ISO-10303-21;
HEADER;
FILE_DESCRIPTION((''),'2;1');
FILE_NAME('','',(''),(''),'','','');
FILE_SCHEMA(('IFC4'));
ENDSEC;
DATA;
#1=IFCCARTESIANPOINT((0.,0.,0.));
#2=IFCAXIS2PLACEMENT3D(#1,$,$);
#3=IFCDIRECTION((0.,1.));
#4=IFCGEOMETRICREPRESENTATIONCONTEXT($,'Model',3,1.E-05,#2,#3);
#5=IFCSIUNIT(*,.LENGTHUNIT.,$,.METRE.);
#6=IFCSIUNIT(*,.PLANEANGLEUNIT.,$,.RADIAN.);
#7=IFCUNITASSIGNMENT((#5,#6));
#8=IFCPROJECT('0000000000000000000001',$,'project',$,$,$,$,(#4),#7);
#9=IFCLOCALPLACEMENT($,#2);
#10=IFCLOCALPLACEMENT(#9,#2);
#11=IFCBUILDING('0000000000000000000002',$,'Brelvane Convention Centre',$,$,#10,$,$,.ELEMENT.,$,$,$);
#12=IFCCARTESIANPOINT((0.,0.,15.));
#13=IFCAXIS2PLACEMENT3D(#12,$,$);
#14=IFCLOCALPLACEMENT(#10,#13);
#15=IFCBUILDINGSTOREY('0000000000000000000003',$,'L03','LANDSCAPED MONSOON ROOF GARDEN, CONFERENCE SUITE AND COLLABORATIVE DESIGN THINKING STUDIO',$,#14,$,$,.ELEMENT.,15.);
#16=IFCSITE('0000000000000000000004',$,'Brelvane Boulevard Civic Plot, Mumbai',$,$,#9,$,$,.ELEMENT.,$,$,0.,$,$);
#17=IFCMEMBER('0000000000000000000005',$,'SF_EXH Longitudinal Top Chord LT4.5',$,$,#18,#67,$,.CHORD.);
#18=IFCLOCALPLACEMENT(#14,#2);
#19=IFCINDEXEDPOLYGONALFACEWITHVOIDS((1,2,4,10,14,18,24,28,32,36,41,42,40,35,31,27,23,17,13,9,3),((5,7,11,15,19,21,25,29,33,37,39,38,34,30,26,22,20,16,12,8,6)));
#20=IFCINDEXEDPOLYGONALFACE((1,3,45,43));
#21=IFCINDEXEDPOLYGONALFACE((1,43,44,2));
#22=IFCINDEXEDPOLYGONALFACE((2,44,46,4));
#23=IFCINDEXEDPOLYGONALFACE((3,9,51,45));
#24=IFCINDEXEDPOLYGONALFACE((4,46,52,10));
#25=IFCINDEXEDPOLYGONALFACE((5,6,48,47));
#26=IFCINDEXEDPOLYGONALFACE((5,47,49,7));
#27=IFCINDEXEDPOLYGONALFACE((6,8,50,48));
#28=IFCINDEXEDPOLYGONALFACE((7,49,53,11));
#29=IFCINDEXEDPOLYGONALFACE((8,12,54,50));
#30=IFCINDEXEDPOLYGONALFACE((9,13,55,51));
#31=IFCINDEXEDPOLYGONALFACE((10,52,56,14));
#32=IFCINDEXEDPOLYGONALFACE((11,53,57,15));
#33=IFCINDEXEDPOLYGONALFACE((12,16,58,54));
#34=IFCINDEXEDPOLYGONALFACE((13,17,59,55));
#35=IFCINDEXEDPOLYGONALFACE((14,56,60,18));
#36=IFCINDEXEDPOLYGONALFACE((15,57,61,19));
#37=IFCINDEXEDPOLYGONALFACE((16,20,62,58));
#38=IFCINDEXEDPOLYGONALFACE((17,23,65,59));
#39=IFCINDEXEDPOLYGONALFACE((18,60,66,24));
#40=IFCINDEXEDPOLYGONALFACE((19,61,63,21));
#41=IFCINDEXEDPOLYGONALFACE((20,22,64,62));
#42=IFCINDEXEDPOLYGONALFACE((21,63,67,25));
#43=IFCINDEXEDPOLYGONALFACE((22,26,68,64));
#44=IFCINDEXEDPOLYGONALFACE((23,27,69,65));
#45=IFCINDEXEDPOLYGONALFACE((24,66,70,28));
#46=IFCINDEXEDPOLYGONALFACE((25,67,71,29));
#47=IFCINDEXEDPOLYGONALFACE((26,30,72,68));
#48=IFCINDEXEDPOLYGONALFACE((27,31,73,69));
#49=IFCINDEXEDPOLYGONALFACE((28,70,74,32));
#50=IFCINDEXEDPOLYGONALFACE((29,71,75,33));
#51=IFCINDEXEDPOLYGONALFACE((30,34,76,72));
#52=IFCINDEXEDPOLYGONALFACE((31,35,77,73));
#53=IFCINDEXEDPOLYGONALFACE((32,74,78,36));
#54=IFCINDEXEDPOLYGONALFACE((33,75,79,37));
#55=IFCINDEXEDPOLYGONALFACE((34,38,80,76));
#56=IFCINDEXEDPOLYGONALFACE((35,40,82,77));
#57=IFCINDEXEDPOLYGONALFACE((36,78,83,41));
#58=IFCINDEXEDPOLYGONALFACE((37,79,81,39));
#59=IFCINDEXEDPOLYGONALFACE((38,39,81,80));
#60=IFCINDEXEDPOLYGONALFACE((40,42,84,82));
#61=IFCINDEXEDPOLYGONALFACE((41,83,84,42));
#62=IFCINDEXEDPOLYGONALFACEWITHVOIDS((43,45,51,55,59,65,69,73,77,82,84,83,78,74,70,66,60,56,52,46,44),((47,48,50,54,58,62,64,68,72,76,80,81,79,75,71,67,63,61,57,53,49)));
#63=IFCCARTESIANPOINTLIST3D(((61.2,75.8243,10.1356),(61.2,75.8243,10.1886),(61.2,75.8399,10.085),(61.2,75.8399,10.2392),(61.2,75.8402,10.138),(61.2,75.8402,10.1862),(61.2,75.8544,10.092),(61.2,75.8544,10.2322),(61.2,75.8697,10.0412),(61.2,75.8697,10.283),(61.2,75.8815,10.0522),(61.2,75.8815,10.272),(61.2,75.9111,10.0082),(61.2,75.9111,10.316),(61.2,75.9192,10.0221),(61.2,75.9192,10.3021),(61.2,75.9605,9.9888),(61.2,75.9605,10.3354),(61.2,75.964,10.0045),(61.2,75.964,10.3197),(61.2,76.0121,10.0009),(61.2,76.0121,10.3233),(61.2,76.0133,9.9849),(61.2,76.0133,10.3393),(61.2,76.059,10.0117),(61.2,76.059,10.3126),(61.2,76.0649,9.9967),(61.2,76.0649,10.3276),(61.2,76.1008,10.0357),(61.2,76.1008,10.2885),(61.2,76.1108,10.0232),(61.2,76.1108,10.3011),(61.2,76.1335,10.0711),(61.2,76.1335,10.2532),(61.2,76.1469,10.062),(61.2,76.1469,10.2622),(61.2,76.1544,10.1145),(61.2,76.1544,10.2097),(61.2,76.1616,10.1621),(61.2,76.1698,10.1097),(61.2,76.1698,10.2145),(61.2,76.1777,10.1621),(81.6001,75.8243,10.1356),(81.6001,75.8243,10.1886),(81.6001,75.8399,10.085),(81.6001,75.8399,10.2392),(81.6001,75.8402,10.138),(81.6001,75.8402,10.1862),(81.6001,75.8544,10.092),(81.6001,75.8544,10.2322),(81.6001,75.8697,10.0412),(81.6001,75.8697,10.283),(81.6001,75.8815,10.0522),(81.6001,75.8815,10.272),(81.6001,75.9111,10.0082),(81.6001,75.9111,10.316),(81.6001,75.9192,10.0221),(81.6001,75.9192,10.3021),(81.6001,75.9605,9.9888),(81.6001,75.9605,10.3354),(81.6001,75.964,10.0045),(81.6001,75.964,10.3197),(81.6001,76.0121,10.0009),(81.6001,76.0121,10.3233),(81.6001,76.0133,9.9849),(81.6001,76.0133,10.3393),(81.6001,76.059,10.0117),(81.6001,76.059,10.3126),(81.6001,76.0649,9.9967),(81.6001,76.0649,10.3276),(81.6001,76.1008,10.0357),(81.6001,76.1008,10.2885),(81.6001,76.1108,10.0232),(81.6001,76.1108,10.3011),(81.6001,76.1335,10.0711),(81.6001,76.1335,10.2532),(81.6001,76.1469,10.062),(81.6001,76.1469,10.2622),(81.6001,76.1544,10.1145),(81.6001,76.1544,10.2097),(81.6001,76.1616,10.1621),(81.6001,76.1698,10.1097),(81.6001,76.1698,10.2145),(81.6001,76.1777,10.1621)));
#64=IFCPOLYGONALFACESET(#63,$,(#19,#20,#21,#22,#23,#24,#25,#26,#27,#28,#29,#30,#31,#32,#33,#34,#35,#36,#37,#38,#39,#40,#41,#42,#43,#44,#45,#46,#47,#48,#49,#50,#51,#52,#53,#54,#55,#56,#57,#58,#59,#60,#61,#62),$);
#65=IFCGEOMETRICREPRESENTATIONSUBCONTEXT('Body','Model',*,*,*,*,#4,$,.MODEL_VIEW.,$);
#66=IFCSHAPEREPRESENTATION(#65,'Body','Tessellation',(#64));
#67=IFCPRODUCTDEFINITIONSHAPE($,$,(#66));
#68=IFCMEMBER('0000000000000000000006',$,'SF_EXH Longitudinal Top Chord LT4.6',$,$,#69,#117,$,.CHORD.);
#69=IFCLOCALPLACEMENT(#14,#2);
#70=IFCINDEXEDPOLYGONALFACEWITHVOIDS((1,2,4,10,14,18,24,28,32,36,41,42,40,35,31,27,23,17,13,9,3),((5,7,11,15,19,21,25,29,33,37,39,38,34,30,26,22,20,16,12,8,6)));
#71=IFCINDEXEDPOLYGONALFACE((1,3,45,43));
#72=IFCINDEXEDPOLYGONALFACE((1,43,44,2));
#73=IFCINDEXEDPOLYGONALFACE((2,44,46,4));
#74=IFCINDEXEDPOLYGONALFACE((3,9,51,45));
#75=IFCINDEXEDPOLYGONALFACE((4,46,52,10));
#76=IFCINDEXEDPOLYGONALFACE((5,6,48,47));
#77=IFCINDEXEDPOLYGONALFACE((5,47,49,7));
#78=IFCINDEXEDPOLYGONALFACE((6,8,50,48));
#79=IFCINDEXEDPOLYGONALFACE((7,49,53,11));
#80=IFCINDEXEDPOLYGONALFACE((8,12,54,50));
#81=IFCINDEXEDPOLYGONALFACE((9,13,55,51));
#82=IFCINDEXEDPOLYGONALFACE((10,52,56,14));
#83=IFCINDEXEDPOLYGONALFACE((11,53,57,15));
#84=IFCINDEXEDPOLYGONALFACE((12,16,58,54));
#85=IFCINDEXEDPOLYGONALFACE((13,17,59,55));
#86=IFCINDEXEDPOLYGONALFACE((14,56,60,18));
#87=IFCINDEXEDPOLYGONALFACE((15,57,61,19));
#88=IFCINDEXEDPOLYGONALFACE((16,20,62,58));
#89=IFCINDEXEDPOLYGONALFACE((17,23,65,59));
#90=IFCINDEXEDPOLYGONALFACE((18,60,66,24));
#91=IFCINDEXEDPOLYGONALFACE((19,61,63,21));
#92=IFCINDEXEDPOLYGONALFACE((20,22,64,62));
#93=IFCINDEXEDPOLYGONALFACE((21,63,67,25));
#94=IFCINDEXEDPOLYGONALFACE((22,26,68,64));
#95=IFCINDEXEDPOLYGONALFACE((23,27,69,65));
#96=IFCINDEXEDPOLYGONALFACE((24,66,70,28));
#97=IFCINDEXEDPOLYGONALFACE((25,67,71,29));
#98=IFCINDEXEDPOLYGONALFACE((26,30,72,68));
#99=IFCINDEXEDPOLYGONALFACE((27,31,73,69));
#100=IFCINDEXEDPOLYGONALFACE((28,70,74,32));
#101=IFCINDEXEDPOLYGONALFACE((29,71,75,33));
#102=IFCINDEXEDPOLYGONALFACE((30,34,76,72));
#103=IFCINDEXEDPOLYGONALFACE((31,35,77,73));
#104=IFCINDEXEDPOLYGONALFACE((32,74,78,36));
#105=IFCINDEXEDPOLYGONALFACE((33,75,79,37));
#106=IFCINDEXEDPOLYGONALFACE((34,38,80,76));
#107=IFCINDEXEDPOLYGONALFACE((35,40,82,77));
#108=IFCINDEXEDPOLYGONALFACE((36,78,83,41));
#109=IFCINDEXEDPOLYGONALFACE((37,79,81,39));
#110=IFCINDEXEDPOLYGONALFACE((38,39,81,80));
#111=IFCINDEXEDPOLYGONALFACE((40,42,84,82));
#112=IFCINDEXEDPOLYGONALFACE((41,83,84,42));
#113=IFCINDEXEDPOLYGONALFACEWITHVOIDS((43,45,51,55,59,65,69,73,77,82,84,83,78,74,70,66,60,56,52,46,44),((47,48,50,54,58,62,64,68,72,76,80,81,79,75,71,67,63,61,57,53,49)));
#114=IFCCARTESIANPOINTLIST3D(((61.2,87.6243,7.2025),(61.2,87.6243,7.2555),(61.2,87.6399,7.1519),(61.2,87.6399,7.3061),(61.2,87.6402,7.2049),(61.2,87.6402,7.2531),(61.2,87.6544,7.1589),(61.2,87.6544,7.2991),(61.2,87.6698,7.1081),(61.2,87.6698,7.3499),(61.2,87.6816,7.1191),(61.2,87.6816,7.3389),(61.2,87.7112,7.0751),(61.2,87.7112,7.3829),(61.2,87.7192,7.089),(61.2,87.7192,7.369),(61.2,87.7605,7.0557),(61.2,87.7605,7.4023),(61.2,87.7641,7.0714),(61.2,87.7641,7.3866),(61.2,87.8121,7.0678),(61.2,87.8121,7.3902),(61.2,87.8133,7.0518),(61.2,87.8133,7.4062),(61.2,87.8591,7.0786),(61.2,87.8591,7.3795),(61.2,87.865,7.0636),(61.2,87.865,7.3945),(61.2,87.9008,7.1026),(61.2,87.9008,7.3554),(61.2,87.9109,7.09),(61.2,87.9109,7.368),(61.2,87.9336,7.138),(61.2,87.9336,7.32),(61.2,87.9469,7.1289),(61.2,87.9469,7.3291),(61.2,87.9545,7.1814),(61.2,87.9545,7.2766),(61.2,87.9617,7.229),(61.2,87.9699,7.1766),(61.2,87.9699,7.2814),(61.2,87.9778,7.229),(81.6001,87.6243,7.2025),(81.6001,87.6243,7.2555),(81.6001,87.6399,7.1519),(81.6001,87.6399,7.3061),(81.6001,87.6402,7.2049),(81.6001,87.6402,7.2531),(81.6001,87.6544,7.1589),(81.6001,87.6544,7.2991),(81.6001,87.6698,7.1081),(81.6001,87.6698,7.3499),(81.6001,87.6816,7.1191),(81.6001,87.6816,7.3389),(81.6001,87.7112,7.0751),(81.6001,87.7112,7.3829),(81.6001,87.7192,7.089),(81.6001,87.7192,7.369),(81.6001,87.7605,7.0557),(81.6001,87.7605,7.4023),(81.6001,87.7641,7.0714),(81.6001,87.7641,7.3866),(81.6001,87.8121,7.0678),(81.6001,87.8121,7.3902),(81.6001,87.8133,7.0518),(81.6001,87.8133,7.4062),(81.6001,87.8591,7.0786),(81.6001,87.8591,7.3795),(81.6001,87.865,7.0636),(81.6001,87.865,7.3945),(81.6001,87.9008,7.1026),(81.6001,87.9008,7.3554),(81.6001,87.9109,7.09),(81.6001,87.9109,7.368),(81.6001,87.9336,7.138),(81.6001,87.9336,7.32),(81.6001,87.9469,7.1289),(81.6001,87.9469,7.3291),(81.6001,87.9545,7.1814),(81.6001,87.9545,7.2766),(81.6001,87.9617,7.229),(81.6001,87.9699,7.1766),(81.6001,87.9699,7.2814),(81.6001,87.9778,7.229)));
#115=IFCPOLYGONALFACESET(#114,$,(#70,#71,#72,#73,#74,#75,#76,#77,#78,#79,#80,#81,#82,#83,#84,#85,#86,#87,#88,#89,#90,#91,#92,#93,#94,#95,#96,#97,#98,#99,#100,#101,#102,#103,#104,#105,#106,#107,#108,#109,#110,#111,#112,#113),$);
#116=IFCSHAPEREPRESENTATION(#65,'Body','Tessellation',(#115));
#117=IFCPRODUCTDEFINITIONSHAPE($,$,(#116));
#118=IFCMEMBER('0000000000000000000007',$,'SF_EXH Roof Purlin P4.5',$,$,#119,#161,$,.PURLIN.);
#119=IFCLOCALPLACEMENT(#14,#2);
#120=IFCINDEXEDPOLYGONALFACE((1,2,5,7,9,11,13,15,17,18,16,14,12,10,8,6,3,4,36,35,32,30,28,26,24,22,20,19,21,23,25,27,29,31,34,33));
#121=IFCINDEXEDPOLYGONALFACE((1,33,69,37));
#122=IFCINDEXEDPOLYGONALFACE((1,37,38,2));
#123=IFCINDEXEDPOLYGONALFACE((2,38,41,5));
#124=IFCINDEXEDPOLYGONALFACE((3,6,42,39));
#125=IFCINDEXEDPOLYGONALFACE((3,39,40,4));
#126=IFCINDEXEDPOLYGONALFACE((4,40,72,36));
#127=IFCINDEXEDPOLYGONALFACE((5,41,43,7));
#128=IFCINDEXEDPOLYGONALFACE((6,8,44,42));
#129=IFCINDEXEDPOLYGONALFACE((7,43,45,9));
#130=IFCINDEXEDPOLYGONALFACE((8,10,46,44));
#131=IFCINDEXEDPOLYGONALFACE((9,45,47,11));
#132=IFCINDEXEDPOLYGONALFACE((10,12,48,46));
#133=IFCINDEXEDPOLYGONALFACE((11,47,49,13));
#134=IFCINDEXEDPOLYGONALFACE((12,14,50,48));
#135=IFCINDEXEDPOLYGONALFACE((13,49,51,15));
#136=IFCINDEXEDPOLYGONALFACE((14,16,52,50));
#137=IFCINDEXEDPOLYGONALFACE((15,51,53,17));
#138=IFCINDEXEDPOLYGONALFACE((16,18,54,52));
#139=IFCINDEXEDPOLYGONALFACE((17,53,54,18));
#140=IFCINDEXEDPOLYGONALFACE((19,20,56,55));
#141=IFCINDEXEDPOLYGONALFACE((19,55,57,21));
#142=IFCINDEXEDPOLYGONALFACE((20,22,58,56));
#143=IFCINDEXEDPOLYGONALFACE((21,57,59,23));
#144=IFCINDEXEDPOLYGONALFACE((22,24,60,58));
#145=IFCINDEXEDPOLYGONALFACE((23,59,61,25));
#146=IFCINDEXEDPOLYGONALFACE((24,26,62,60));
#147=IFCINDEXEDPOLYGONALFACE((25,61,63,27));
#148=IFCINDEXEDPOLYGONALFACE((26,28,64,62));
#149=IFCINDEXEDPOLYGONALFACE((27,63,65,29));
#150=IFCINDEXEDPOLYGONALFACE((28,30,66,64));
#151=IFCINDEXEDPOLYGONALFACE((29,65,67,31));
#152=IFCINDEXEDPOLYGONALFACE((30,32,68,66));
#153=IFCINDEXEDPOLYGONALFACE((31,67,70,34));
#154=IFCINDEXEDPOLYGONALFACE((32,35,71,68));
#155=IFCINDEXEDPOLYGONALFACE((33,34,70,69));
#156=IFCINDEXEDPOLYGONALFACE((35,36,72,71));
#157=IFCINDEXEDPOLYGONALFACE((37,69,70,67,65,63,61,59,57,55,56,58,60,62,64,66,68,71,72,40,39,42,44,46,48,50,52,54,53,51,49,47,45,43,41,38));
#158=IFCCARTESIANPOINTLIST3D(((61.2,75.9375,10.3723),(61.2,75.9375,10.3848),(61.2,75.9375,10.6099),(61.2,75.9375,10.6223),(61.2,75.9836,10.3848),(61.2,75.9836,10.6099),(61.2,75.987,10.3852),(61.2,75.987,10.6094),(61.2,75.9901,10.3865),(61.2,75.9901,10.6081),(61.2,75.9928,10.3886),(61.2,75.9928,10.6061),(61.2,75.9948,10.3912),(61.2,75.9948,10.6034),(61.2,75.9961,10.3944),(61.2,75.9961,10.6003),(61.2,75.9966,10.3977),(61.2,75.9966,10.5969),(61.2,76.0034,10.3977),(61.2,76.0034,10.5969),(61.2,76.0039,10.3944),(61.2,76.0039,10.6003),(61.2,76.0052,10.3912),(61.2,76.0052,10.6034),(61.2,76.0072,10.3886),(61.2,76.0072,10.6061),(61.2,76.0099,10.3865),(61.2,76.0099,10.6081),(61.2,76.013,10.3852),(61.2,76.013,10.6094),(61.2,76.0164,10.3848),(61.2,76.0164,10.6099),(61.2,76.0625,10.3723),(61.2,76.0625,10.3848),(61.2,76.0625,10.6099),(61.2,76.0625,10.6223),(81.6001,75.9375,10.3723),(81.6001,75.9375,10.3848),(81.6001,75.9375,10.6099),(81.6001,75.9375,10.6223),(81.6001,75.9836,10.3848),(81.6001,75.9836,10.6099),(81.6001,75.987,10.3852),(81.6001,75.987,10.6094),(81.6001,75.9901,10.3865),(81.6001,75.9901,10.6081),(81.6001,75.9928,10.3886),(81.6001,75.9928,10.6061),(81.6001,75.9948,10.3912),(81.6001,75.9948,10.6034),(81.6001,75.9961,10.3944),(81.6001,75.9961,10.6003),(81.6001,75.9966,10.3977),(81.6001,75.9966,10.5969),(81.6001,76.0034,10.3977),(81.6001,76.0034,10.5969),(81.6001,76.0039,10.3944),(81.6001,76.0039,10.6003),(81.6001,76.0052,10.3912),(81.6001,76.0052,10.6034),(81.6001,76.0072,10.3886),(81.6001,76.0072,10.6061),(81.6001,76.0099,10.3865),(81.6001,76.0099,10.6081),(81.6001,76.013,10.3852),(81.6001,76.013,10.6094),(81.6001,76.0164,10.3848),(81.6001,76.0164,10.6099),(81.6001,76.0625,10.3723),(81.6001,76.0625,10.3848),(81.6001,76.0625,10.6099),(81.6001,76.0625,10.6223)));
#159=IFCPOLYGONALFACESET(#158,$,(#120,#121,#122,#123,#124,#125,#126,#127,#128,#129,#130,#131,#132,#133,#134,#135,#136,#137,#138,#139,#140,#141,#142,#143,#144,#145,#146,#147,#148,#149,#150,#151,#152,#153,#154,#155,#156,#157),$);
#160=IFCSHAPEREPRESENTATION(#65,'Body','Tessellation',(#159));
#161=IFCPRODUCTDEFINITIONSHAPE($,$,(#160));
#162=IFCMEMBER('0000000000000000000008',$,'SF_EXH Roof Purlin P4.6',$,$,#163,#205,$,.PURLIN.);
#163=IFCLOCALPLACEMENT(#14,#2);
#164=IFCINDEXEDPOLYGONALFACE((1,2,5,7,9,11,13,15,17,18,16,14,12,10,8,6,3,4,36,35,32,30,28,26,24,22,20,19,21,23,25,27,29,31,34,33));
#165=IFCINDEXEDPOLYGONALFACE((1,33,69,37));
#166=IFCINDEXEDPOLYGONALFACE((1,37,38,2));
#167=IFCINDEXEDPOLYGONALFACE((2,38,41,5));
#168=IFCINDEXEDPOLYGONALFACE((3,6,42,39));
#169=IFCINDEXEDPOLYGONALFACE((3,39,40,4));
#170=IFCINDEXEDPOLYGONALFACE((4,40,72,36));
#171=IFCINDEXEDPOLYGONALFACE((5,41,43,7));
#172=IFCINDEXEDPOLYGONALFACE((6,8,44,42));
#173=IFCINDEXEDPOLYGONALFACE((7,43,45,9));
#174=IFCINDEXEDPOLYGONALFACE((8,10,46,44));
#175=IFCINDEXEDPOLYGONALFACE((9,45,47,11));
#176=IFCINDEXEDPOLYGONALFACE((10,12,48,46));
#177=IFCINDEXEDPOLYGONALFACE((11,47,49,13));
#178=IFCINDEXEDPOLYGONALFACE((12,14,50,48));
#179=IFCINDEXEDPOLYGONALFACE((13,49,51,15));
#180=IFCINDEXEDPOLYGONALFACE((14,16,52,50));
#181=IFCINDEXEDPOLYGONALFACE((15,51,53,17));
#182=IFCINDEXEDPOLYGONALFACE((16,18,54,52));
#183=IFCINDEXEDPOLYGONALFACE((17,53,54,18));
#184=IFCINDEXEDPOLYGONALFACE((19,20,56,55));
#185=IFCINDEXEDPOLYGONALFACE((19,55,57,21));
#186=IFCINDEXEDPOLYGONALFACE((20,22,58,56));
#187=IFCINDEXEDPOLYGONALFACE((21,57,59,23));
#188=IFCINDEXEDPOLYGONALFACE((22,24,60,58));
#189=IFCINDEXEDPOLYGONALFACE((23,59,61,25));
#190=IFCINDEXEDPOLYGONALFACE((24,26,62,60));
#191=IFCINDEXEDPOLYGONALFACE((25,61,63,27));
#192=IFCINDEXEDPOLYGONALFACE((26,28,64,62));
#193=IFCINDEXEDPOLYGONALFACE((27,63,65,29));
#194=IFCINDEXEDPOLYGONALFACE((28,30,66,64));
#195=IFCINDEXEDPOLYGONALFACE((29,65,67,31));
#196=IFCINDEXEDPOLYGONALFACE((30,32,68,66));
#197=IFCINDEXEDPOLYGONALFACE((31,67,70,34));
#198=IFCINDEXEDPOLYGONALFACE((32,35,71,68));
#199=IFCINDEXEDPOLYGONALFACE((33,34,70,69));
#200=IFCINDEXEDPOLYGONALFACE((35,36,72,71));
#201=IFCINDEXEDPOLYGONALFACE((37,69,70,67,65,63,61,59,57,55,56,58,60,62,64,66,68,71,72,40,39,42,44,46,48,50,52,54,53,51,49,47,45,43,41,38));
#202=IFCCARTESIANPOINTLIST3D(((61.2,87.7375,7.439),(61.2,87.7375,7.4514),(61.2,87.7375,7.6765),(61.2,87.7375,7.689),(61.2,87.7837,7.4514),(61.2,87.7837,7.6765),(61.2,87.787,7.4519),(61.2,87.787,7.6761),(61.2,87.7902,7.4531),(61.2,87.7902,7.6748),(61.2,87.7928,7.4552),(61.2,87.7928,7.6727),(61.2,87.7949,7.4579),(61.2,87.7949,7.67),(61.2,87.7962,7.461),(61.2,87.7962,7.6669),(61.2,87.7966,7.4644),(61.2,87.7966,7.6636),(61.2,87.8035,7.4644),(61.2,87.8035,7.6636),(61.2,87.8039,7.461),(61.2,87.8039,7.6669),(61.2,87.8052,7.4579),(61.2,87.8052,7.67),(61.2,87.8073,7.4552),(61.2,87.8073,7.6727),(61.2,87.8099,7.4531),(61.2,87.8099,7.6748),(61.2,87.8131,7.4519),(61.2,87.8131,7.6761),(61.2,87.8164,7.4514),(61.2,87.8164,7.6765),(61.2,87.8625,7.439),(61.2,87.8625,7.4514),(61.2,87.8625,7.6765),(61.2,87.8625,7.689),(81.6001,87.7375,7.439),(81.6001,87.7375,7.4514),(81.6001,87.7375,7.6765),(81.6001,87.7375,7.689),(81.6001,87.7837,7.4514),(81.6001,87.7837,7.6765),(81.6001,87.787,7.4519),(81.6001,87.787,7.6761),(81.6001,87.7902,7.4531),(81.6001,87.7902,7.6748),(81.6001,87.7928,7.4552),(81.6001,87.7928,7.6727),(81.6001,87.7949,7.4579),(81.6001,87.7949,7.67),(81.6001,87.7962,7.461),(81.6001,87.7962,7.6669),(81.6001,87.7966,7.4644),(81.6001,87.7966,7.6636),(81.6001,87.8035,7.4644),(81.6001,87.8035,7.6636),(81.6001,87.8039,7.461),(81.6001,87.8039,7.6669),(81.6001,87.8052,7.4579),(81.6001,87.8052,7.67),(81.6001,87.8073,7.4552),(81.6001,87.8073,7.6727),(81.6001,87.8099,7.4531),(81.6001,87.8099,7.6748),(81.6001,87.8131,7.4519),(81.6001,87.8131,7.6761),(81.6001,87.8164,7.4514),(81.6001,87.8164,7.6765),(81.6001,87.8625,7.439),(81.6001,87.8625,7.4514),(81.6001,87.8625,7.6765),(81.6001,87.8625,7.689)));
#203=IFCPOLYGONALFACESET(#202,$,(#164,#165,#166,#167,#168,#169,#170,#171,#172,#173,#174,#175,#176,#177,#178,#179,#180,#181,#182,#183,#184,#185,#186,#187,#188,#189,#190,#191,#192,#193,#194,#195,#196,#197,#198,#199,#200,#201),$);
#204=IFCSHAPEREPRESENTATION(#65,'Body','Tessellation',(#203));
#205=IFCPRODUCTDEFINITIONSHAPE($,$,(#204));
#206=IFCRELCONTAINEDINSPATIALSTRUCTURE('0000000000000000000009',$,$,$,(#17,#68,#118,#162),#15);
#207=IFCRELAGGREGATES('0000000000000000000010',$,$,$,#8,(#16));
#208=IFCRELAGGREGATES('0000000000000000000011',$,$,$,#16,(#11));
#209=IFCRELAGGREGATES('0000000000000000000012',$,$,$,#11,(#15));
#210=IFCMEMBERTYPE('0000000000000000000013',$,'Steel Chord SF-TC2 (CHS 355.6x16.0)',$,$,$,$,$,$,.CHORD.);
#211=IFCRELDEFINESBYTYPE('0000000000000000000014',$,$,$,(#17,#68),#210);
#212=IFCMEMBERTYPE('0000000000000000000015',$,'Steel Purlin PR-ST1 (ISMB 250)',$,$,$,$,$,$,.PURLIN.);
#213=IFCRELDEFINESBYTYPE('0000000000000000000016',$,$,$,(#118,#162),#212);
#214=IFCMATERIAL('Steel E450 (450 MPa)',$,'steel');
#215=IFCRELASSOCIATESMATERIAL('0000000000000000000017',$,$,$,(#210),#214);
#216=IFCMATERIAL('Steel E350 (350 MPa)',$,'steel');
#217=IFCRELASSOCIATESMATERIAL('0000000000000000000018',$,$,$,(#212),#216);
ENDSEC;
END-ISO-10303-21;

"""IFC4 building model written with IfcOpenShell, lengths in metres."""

from ifc_helpers import new_model, si_unit, direction, frame, origin, origin_2d, place, context, subcontext, project, spatial, hollow_circle, i_section, extrude, material, material_profile, profile_set, type_object, element, save


model = new_model("IFC4")

# Units and contexts
model_context = context("Model", 3, precision=1e-05, world=origin(), true_north=direction((0.0, 1.0)))
body_context = subcontext(model_context, "Body", "Model", "MODEL_VIEW")
ifc_project = project(units=[si_unit("LENGTHUNIT", "METRE"), si_unit("PLANEANGLEUNIT", "RADIAN")], contexts=[model_context])

# Site, building, storey
site_placement = place(None, origin())
site = spatial("IfcSite", under=ifc_project, at=site_placement, Name="Brelvane Boulevard Civic Plot, Mumbai", CompositionType="ELEMENT", RefElevation=0.0)
building_placement = place(site_placement, origin())
building = spatial("IfcBuilding", under=site, at=building_placement, Name="Brelvane Convention Centre", CompositionType="ELEMENT")
storey_placement = place(building_placement, frame((0.0, 0.0, 15.0)))
storey = spatial("IfcBuildingStorey", under=building, at=storey_placement, Name="L03", Description="LANDSCAPED MONSOON ROOF GARDEN, CONFERENCE SUITE AND COLLABORATIVE DESIGN THINKING STUDIO", CompositionType="ELEMENT", Elevation=15.0)

# Members
ifc_material_1 = material(Name="Steel E450 (450 MPa)", Category="steel")
ifc_material_profile_1 = material_profile(ifc_material_1, hollow_circle(Radius=0.1777, WallThickness=0.0161, at=origin_2d()), Name="CHS 355.6x16.0")
ifc_profile_set_1 = profile_set([ifc_material_profile_1], Name="Steel E450 (450 MPa)")
member_type_1 = type_object("IfcMemberType", Name="Steel Chord SF-TC2 (CHS 355.6x16.0)", PredefinedType="CHORD", material=ifc_profile_set_1)
for number, where, z_axis, x_axis, name in (
    (1, (61.2, 76.0, 10.1621), (1.0, 0.0, 0.0), (0.0, 1.0, 0.0), "SF_EXH Longitudinal Top Chord LT4.5"),
    (2, (61.2, 87.8, 7.229), (1.0, 0.0, 0.0), (0.0, 1.0, 0.0), "SF_EXH Longitudinal Top Chord LT4.6"),
):
    element("IfcMember", number, at=place(storey_placement, frame(where, z_axis=z_axis, x_axis=x_axis)), inside=storey, type_object=member_type_1, Name=name, PredefinedType="CHORD", context=body_context, shape_type="SweptSolid", body=[
        extrude(hollow_circle(Radius=0.1777, WallThickness=0.0161, at=origin_2d()), origin(), (0.0, 0.0, 1.0), 20.4001),
    ])
ifc_material_2 = material(Name="Steel E350 (350 MPa)", Category="steel")
ifc_material_profile_2 = material_profile(ifc_material_2, i_section(OverallWidth=0.125, OverallDepth=0.25, WebThickness=0.0068, FlangeThickness=0.0125, FilletRadius=0.0129, at=origin_2d()), Name="ISMB 250")
ifc_profile_set_2 = profile_set([ifc_material_profile_2], Name="Steel E350 (350 MPa)")
member_type_2 = type_object("IfcMemberType", Name="Steel Purlin PR-ST1 (ISMB 250)", PredefinedType="PURLIN", material=ifc_profile_set_2)
for number, where, z_axis, x_axis, name in (
    (3, (61.2, 76.0, 10.4973), (1.0, 0.0, 0.0), (0.0, 1.0, 0.0), "SF_EXH Roof Purlin P4.5"),
    (4, (61.2, 87.8, 7.564), (1.0, 0.0, 0.0), (0.0, 1.0, 0.0), "SF_EXH Roof Purlin P4.6"),
):
    element("IfcMember", number, at=place(storey_placement, frame(where, z_axis=z_axis, x_axis=x_axis)), inside=storey, type_object=member_type_2, Name=name, PredefinedType="PURLIN", context=body_context, shape_type="SweptSolid", body=[
        extrude(i_section(OverallWidth=0.125, OverallDepth=0.25, WebThickness=0.0068, FlangeThickness=0.0125, FilletRadius=0.0129, at=origin_2d()), origin(), (0.0, 0.0, 1.0), 20.4001),
    ])

save(model, "model.ifc")
